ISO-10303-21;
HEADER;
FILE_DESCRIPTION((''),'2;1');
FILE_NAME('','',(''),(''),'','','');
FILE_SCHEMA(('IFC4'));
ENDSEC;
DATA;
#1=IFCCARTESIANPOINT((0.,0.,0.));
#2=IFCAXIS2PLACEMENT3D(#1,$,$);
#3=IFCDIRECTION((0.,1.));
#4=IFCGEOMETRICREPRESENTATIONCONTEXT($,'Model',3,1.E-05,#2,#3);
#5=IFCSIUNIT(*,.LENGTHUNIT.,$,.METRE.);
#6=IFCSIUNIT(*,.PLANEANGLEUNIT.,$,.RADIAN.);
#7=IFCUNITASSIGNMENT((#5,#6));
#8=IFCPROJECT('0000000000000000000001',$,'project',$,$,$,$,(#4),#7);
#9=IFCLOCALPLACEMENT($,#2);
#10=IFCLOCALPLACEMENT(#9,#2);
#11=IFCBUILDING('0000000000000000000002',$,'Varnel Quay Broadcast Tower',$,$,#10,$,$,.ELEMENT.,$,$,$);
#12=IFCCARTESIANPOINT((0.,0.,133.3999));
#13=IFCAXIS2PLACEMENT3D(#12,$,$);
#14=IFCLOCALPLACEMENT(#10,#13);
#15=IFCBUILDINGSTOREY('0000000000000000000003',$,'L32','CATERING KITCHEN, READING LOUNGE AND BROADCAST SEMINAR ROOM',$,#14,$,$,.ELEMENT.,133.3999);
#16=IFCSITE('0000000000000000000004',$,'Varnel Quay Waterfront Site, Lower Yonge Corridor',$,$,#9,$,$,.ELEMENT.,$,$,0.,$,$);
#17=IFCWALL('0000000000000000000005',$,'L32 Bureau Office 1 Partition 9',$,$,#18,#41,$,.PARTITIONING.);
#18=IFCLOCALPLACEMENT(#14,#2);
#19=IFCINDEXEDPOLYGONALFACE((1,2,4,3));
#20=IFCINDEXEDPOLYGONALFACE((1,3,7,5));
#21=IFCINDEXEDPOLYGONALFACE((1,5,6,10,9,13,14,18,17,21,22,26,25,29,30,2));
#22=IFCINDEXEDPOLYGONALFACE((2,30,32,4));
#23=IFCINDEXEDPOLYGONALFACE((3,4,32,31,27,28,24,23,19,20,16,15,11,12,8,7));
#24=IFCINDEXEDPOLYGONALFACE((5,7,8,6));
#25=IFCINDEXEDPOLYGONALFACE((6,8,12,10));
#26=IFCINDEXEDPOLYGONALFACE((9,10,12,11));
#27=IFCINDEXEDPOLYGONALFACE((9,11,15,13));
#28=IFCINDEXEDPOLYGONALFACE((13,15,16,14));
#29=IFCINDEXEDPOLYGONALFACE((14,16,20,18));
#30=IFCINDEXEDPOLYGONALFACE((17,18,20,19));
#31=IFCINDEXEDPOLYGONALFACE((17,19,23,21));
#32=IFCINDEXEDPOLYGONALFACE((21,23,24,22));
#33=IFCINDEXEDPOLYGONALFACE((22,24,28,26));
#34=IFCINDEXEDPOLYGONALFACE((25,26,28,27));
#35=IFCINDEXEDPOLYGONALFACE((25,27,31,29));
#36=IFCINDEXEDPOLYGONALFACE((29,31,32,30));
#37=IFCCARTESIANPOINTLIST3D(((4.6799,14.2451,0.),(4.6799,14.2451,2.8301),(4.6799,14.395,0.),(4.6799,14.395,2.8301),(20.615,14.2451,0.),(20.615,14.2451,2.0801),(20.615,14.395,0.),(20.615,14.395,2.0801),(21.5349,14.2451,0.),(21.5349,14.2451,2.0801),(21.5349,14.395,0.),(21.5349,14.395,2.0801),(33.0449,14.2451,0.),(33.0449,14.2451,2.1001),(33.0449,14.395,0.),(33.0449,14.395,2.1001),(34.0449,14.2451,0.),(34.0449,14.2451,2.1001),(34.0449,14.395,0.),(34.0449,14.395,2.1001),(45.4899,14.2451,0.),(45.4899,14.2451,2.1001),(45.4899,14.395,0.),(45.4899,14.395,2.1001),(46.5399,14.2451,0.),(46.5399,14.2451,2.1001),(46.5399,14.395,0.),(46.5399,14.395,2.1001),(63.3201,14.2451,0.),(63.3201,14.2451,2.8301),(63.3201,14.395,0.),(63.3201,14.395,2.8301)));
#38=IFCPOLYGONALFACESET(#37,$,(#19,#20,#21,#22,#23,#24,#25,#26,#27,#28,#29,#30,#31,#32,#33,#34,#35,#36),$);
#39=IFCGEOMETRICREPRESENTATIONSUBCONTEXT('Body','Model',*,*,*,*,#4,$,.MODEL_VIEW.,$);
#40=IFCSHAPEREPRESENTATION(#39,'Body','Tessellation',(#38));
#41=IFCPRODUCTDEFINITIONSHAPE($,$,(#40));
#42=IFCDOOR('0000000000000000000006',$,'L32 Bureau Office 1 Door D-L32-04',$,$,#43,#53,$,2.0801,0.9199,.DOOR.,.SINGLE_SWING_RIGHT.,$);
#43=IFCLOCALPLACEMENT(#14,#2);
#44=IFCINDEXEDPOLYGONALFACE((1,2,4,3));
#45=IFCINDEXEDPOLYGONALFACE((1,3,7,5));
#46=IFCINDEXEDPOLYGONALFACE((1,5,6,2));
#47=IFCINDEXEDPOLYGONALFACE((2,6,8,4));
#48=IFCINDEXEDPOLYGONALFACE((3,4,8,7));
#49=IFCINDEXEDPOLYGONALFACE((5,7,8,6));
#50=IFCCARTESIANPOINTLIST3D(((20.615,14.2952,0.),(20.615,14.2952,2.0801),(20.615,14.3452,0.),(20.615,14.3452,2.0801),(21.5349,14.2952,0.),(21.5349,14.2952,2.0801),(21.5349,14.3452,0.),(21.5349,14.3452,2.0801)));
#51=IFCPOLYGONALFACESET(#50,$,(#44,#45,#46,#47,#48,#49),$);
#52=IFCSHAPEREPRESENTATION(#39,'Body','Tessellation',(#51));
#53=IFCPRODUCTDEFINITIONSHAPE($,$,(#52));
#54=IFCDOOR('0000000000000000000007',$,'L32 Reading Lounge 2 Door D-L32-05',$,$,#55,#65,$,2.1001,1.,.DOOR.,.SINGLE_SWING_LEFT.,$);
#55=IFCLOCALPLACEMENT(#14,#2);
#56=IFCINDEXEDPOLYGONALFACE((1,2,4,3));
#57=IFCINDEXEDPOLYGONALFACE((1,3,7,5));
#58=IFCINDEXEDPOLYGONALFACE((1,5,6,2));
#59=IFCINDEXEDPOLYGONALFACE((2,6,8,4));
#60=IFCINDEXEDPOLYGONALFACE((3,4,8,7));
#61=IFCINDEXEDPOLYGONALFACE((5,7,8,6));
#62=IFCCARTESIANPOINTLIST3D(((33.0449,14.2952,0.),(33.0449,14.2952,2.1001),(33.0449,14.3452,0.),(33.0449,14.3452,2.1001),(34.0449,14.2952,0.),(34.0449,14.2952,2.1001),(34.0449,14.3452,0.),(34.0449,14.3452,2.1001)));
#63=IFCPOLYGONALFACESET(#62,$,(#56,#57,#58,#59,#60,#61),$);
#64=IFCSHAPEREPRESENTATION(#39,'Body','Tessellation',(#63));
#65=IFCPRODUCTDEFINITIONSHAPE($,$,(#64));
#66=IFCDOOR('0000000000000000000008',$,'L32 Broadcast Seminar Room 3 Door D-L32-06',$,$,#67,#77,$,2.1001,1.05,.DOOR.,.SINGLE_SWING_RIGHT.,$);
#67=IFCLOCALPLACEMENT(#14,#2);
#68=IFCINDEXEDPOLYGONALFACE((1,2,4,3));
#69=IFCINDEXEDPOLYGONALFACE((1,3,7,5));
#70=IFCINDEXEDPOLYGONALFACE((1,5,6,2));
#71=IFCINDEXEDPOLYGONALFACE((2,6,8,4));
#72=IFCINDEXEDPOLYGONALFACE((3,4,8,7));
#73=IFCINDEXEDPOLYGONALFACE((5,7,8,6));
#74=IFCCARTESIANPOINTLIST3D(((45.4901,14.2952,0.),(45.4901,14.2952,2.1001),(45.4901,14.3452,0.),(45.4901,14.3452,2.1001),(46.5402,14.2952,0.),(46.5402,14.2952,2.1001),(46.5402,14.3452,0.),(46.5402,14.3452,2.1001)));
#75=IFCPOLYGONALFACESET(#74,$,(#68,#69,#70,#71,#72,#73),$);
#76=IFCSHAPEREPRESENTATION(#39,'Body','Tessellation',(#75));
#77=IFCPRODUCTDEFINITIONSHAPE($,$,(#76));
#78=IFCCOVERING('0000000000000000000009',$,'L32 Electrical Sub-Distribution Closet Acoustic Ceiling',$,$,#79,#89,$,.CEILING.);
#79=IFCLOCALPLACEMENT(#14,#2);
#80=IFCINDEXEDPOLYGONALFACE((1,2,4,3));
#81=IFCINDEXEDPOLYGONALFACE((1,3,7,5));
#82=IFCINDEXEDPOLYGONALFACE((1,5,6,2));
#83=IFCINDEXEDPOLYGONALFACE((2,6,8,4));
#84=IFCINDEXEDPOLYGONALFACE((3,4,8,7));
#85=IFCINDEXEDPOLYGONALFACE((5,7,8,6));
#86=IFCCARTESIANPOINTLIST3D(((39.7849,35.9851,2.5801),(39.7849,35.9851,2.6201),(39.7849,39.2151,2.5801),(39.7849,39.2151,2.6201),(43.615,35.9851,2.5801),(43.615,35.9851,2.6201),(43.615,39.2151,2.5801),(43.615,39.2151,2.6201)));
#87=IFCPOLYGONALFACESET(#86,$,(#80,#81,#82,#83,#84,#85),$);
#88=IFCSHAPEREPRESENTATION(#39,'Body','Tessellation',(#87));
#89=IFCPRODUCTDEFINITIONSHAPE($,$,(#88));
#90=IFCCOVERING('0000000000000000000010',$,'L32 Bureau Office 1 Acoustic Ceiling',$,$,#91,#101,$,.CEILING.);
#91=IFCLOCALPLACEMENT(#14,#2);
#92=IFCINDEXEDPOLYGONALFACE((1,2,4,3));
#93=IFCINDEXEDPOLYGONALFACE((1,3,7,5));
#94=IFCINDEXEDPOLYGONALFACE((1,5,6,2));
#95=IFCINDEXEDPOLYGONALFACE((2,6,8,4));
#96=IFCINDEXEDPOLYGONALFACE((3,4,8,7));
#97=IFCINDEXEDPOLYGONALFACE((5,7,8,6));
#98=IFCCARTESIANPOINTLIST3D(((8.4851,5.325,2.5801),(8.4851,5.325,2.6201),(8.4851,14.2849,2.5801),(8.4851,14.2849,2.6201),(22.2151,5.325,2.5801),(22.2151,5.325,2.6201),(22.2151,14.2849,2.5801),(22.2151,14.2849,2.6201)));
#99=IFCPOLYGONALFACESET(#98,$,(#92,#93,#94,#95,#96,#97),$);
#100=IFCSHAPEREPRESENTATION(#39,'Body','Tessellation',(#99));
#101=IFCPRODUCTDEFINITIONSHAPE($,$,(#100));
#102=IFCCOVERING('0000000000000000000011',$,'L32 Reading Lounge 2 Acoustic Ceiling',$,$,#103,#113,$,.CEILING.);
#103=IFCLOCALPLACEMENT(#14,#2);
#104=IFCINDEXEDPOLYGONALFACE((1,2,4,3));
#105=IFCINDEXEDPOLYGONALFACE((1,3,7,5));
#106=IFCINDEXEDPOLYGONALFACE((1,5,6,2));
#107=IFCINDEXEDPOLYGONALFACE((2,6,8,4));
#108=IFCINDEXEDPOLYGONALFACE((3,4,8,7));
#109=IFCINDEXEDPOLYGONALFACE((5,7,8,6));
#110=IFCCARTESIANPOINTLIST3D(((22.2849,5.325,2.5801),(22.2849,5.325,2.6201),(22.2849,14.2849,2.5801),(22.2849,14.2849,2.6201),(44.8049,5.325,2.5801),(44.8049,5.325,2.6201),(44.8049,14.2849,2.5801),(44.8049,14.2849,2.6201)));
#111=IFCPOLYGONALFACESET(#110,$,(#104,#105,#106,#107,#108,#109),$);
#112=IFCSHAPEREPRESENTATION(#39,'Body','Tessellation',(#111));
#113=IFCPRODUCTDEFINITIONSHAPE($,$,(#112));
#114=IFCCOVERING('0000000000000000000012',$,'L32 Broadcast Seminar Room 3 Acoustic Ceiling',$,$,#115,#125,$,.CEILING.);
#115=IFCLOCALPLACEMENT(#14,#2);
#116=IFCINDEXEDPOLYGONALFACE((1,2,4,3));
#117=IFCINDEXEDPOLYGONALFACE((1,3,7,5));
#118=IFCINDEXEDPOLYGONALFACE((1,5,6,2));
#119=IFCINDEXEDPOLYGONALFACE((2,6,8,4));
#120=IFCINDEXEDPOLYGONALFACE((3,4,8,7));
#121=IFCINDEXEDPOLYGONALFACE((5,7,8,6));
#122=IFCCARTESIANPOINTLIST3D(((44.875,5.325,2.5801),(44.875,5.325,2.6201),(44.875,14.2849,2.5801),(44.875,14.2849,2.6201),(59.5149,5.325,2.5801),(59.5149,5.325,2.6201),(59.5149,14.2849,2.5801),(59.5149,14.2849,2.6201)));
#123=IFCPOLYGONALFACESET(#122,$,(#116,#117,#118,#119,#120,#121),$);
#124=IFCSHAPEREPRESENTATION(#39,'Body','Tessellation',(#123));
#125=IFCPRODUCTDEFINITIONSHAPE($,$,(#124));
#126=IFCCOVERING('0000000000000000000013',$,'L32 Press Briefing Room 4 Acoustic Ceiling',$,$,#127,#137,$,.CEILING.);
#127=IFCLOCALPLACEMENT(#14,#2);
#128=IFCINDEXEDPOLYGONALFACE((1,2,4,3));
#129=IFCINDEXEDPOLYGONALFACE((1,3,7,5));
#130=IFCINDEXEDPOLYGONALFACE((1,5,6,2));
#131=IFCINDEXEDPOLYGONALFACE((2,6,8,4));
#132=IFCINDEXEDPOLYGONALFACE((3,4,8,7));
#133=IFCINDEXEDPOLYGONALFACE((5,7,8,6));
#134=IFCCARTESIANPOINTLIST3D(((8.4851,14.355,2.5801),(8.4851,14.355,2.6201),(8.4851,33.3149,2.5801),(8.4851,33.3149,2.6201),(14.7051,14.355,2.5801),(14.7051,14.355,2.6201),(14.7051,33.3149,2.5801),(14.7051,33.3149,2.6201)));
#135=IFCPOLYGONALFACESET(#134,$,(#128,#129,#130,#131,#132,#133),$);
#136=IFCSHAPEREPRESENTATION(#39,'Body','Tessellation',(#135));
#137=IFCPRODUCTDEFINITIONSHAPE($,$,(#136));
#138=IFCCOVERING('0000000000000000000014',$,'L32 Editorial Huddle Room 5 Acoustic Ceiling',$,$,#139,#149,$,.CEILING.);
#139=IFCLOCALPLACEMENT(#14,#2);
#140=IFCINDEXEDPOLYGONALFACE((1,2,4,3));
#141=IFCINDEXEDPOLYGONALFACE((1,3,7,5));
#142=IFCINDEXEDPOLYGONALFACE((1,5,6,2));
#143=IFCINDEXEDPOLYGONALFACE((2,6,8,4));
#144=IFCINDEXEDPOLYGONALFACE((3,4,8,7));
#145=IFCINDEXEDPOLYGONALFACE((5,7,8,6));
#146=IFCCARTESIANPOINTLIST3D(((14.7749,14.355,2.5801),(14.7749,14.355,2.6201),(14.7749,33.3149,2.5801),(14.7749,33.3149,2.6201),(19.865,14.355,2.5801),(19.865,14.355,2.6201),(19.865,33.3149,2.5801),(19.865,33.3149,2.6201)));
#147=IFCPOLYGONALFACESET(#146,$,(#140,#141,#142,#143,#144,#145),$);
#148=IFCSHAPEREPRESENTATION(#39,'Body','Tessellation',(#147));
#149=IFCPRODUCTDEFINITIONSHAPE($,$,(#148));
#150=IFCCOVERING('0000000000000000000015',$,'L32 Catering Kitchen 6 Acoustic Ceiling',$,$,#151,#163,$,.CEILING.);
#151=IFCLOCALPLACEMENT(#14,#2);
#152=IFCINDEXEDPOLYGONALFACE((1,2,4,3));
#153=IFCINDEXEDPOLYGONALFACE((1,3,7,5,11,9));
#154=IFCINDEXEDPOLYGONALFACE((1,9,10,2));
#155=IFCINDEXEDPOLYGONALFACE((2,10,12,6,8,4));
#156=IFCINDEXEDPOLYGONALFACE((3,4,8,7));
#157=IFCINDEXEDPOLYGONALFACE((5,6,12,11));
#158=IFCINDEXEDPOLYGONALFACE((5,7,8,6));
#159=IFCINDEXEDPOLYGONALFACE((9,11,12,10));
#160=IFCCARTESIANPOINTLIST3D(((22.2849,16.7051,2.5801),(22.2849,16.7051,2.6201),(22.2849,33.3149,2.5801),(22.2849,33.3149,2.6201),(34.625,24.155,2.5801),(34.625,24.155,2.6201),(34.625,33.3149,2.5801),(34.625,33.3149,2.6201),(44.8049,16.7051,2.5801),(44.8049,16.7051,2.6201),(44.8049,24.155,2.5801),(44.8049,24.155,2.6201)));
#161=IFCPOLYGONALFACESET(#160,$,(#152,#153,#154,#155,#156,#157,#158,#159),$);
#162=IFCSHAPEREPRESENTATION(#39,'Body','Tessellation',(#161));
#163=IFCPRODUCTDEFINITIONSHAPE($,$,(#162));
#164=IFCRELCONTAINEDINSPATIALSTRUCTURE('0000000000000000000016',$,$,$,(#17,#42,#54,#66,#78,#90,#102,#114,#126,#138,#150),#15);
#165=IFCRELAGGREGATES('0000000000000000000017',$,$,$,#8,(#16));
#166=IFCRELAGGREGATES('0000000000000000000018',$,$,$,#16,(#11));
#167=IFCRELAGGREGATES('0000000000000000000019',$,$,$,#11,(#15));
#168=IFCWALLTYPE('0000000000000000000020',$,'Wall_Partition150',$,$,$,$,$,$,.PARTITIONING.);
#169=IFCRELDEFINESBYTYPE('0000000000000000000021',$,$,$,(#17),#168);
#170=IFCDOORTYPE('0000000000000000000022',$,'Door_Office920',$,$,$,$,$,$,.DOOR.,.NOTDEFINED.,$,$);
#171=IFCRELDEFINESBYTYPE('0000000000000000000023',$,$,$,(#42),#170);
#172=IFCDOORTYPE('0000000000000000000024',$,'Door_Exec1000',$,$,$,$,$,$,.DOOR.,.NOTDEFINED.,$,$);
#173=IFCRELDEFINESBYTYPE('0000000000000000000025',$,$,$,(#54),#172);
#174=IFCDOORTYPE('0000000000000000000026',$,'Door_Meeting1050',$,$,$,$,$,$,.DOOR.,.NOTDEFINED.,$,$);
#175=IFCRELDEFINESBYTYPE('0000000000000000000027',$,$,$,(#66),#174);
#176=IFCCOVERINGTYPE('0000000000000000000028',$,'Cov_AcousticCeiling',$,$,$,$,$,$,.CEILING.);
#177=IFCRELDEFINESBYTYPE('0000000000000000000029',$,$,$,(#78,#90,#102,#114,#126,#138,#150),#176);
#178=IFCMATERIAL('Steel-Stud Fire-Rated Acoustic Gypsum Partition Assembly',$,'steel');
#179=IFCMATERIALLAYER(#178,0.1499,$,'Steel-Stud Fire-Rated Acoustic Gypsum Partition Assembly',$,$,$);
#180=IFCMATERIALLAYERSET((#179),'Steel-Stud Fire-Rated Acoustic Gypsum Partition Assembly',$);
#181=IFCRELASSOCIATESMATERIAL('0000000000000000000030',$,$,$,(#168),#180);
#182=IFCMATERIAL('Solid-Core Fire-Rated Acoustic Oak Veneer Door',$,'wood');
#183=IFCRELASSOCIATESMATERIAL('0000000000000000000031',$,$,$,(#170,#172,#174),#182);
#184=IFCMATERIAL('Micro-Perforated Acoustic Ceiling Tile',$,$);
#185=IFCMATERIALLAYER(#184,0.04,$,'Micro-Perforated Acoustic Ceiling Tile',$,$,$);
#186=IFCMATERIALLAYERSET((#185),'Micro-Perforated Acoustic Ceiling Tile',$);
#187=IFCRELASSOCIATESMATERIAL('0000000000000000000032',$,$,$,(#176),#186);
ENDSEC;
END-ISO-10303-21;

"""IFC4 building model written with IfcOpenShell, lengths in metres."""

from ifc_helpers import new_model, si_unit, direction, frame, frame_2d, origin, place, context, subcontext, project, spatial, polyline, rectangle, outline, extrude, source, transform, mapped, material, layer, layer_set, type_object, type_shapes, element, fill, save


model = new_model("IFC4")

# Units and contexts
model_context = context("Model", 3, precision=1e-05, world=origin(), true_north=direction((0.0, 1.0)))
body_context = subcontext(model_context, "Body", "Model", "MODEL_VIEW")
ifc_project = project(units=[si_unit("LENGTHUNIT", "METRE"), si_unit("PLANEANGLEUNIT", "RADIAN")], contexts=[model_context])

# Site, building, storey
site_placement = place(None, origin())
site = spatial("IfcSite", under=ifc_project, at=site_placement, Name="Varnel Quay Waterfront Site, Lower Yonge Corridor", CompositionType="ELEMENT", RefElevation=0.0)
building_placement = place(site_placement, origin())
building = spatial("IfcBuilding", under=site, at=building_placement, Name="Varnel Quay Broadcast Tower", CompositionType="ELEMENT")
storey_placement = place(building_placement, frame((0.0, 0.0, 133.3999)))
storey = spatial("IfcBuildingStorey", under=building, at=storey_placement, Name="L32", Description="CATERING KITCHEN, READING LOUNGE AND BROADCAST SEMINAR ROOM", CompositionType="ELEMENT", Elevation=133.3999)

# Wall, openings, doors
ifc_material_1 = material(Name="Steel-Stud Fire-Rated Acoustic Gypsum Partition Assembly", Category="steel")
ifc_layer_1 = layer(ifc_material_1, 0.1499, Name="Steel-Stud Fire-Rated Acoustic Gypsum Partition Assembly")
ifc_layer_set_1 = layer_set([ifc_layer_1], Name="Steel-Stud Fire-Rated Acoustic Gypsum Partition Assembly")
wall_type = type_object("IfcWallType", Name="Wall_Partition150", PredefinedType="PARTITIONING", material=ifc_layer_set_1)
wall_placement = place(storey_placement, frame((4.6799, 14.3201, 0.0), z_axis=(0.0, 0.0, 1.0), x_axis=(1.0, 0.0, 0.0)))
wall = element("IfcWall", 1, at=wall_placement, inside=storey, type_object=wall_type, Name="L32 Bureau Office 1 Partition 9", PredefinedType="PARTITIONING", context=body_context, shape_type="SweptSolid", body=[
    extrude(rectangle(XDim=58.6401, YDim=0.1499, at=frame_2d((29.3201, 0.0))), origin(), (0.0, 0.0, 1.0), 2.8301),
])
opening_1_placement = place(wall_placement, frame((15.9351, 0.0, 0.0)))
opening_1 = element("IfcOpeningElement", 2, at=opening_1_placement, cuts=wall, PredefinedType="OPENING", context=body_context, shape_type="SweptSolid", body=[
    extrude(rectangle(XDim=0.9199, YDim=2.0801, at=frame_2d((0.46, 1.04))), frame((0.0, 0.085, 0.0), z_axis=(0.0, -1.0, 0.0), x_axis=(1.0, 0.0, 0.0)), (0.0, 0.0, 1.0), 0.1699),
])
opening_2_placement = place(wall_placement, frame((28.365, 0.0, 0.0)))
opening_2 = element("IfcOpeningElement", 3, at=opening_2_placement, cuts=wall, PredefinedType="OPENING", context=body_context, shape_type="SweptSolid", body=[
    extrude(rectangle(XDim=1.0, YDim=2.1001, at=frame_2d((0.5, 1.05))), frame((0.0, 0.085, 0.0), z_axis=(0.0, -1.0, 0.0), x_axis=(1.0, 0.0, 0.0)), (0.0, 0.0, 1.0), 0.1699),
])
opening_3_placement = place(wall_placement, frame((40.8101, 0.0, 0.0)))
opening_3 = element("IfcOpeningElement", 4, at=opening_3_placement, cuts=wall, PredefinedType="OPENING", context=body_context, shape_type="SweptSolid", body=[
    extrude(rectangle(XDim=1.05, YDim=2.1001, at=frame_2d((0.5249, 1.05))), frame((0.0, 0.085, 0.0), z_axis=(0.0, -1.0, 0.0), x_axis=(1.0, 0.0, 0.0)), (0.0, 0.0, 1.0), 0.1699),
])
ifc_material_2 = material(Name="Solid-Core Fire-Rated Acoustic Oak Veneer Door", Category="wood")
door_type_1 = type_object("IfcDoorType", Name="Door_Office920", OperationType="NOTDEFINED", PredefinedType="DOOR", material=ifc_material_2)
shared_shape_1 = source(origin(), body_context, "Body", "SweptSolid", [
    extrude(rectangle(XDim=0.9199, YDim=2.0801, at=frame_2d((0.46, 1.04))), frame((0.0, 0.0249, 0.0), z_axis=(0.0, -1.0, 0.0), x_axis=(1.0, 0.0, 0.0)), (0.0, 0.0, 1.0), 0.05),
])
type_shapes(door_type_1, [shared_shape_1])
door_1_placement = place(opening_1_placement, frame((0.9199, 0.0, 0.0), z_axis=(0.0, 0.0, 1.0), x_axis=(-1.0, 0.0, 0.0)))
door_1 = element("IfcDoor", 5, at=door_1_placement, inside=storey, type_object=door_type_1, Name="L32 Bureau Office 1 Door D-L32-04", OperationType="SINGLE_SWING_RIGHT", OverallHeight=2.0801, OverallWidth=0.9199, PredefinedType="DOOR", context=body_context, shape_type="MappedRepresentation", body=[
    mapped(shared_shape_1, transform((0.0, 0.0, 0.0), x_axis=(1.0, 0.0, 0.0), y_axis=(0.0, 1.0, 0.0), z_axis=(0.0, 0.0, 1.0), scale=1.0)),
])
fill(opening_1, door_1)
door_type_2 = type_object("IfcDoorType", Name="Door_Exec1000", OperationType="NOTDEFINED", PredefinedType="DOOR", material=ifc_material_2)
shared_shape_2 = source(origin(), body_context, "Body", "SweptSolid", [
    extrude(rectangle(XDim=1.0, YDim=2.1001, at=frame_2d((0.5, 1.05))), frame((0.0, 0.0249, 0.0), z_axis=(0.0, -1.0, 0.0), x_axis=(1.0, 0.0, 0.0)), (0.0, 0.0, 1.0), 0.05),
])
type_shapes(door_type_2, [shared_shape_2])
door_2_placement = place(opening_2_placement, frame((1.0, 0.0, 0.0), z_axis=(0.0, 0.0, 1.0), x_axis=(-1.0, 0.0, 0.0)))
door_2 = element("IfcDoor", 6, at=door_2_placement, inside=storey, type_object=door_type_2, Name="L32 Reading Lounge 2 Door D-L32-05", OperationType="SINGLE_SWING_LEFT", OverallHeight=2.1001, OverallWidth=1.0, PredefinedType="DOOR", context=body_context, shape_type="MappedRepresentation", body=[
    mapped(shared_shape_2, transform((0.0, 0.0, 0.0), x_axis=(1.0, 0.0, 0.0), y_axis=(0.0, 1.0, 0.0), z_axis=(0.0, 0.0, 1.0), scale=1.0)),
])
fill(opening_2, door_2)
door_type_3 = type_object("IfcDoorType", Name="Door_Meeting1050", OperationType="NOTDEFINED", PredefinedType="DOOR", material=ifc_material_2)
shared_shape_3 = source(origin(), body_context, "Body", "SweptSolid", [
    extrude(rectangle(XDim=1.05, YDim=2.1001, at=frame_2d((0.5249, 1.05))), frame((0.0, 0.0249, 0.0), z_axis=(0.0, -1.0, 0.0), x_axis=(1.0, 0.0, 0.0)), (0.0, 0.0, 1.0), 0.05),
])
type_shapes(door_type_3, [shared_shape_3])
door_3_placement = place(opening_3_placement, frame((1.05, 0.0, 0.0), z_axis=(0.0, 0.0, 1.0), x_axis=(-1.0, 0.0, 0.0)))
door_3 = element("IfcDoor", 7, at=door_3_placement, inside=storey, type_object=door_type_3, Name="L32 Broadcast Seminar Room 3 Door D-L32-06", OperationType="SINGLE_SWING_RIGHT", OverallHeight=2.1001, OverallWidth=1.05, PredefinedType="DOOR", context=body_context, shape_type="MappedRepresentation", body=[
    mapped(shared_shape_3, transform((0.0, 0.0, 0.0), x_axis=(1.0, 0.0, 0.0), y_axis=(0.0, 1.0, 0.0), z_axis=(0.0, 0.0, 1.0), scale=1.0)),
])
fill(opening_3, door_3)

# Coverings
ifc_material_3 = material(Name="Micro-Perforated Acoustic Ceiling Tile")
ifc_layer_2 = layer(ifc_material_3, 0.04, Name="Micro-Perforated Acoustic Ceiling Tile")
ifc_layer_set_2 = layer_set([ifc_layer_2], Name="Micro-Perforated Acoustic Ceiling Tile")
covering_type_1 = type_object("IfcCoveringType", Name="Cov_AcousticCeiling", PredefinedType="CEILING", material=ifc_layer_set_2)
covering_1_placement = place(storey_placement, frame((0.0, 0.0, 2.5801)))
element("IfcCovering", 8, at=covering_1_placement, inside=storey, type_object=covering_type_1, Name="L32 Electrical Sub-Distribution Closet Acoustic Ceiling", PredefinedType="CEILING", context=body_context, shape_type="SweptSolid", body=[
    extrude(outline(polyline([(39.7849, 35.9851), (43.615, 35.9851), (43.615, 39.2151), (39.7849, 39.2151), (39.7849, 35.9851)])), origin(), (0.0, 0.0, 1.0), 0.04),
])
covering_2_placement = place(storey_placement, frame((0.0, 0.0, 2.5801)))
element("IfcCovering", 9, at=covering_2_placement, inside=storey, type_object=covering_type_1, Name="L32 Bureau Office 1 Acoustic Ceiling", PredefinedType="CEILING", context=body_context, shape_type="SweptSolid", body=[
    extrude(outline(polyline([(8.4851, 5.325), (22.2151, 5.325), (22.2151, 14.2849), (8.4851, 14.2849), (8.4851, 5.325)])), origin(), (0.0, 0.0, 1.0), 0.04),
])
covering_3_placement = place(storey_placement, frame((0.0, 0.0, 2.5801)))
element("IfcCovering", 10, at=covering_3_placement, inside=storey, type_object=covering_type_1, Name="L32 Reading Lounge 2 Acoustic Ceiling", PredefinedType="CEILING", context=body_context, shape_type="SweptSolid", body=[
    extrude(outline(polyline([(22.2849, 5.325), (44.8049, 5.325), (44.8049, 14.2849), (22.2849, 14.2849), (22.2849, 5.325)])), origin(), (0.0, 0.0, 1.0), 0.04),
])
covering_4_placement = place(storey_placement, frame((0.0, 0.0, 2.5801)))
element("IfcCovering", 11, at=covering_4_placement, inside=storey, type_object=covering_type_1, Name="L32 Broadcast Seminar Room 3 Acoustic Ceiling", PredefinedType="CEILING", context=body_context, shape_type="SweptSolid", body=[
    extrude(outline(polyline([(44.875, 5.325), (59.5149, 5.325), (59.5149, 14.2849), (44.875, 14.2849), (44.875, 5.325)])), origin(), (0.0, 0.0, 1.0), 0.04),
])
covering_5_placement = place(storey_placement, frame((0.0, 0.0, 2.5801)))
element("IfcCovering", 12, at=covering_5_placement, inside=storey, type_object=covering_type_1, Name="L32 Press Briefing Room 4 Acoustic Ceiling", PredefinedType="CEILING", context=body_context, shape_type="SweptSolid", body=[
    extrude(outline(polyline([(8.4851, 14.355), (14.7051, 14.355), (14.7051, 33.3149), (8.4851, 33.3149), (8.4851, 14.355)])), origin(), (0.0, 0.0, 1.0), 0.04),
])
covering_6_placement = place(storey_placement, frame((0.0, 0.0, 2.5801)))
element("IfcCovering", 13, at=covering_6_placement, inside=storey, type_object=covering_type_1, Name="L32 Editorial Huddle Room 5 Acoustic Ceiling", PredefinedType="CEILING", context=body_context, shape_type="SweptSolid", body=[
    extrude(outline(polyline([(14.7749, 14.355), (19.865, 14.355), (19.865, 33.3149), (14.7749, 33.3149), (14.7749, 14.355)])), origin(), (0.0, 0.0, 1.0), 0.04),
])
covering_7_placement = place(storey_placement, frame((0.0, 0.0, 2.5801)))
element("IfcCovering", 14, at=covering_7_placement, inside=storey, type_object=covering_type_1, Name="L32 Catering Kitchen 6 Acoustic Ceiling", PredefinedType="CEILING", context=body_context, shape_type="SweptSolid", body=[
    extrude(outline(polyline([(22.2849, 16.7051), (44.8049, 16.7051), (44.8049, 24.155), (34.625, 24.155), (34.625, 33.3149), (22.2849, 33.3149), (22.2849, 16.7051)])), origin(), (0.0, 0.0, 1.0), 0.04),
])

save(model, "model.ifc")
